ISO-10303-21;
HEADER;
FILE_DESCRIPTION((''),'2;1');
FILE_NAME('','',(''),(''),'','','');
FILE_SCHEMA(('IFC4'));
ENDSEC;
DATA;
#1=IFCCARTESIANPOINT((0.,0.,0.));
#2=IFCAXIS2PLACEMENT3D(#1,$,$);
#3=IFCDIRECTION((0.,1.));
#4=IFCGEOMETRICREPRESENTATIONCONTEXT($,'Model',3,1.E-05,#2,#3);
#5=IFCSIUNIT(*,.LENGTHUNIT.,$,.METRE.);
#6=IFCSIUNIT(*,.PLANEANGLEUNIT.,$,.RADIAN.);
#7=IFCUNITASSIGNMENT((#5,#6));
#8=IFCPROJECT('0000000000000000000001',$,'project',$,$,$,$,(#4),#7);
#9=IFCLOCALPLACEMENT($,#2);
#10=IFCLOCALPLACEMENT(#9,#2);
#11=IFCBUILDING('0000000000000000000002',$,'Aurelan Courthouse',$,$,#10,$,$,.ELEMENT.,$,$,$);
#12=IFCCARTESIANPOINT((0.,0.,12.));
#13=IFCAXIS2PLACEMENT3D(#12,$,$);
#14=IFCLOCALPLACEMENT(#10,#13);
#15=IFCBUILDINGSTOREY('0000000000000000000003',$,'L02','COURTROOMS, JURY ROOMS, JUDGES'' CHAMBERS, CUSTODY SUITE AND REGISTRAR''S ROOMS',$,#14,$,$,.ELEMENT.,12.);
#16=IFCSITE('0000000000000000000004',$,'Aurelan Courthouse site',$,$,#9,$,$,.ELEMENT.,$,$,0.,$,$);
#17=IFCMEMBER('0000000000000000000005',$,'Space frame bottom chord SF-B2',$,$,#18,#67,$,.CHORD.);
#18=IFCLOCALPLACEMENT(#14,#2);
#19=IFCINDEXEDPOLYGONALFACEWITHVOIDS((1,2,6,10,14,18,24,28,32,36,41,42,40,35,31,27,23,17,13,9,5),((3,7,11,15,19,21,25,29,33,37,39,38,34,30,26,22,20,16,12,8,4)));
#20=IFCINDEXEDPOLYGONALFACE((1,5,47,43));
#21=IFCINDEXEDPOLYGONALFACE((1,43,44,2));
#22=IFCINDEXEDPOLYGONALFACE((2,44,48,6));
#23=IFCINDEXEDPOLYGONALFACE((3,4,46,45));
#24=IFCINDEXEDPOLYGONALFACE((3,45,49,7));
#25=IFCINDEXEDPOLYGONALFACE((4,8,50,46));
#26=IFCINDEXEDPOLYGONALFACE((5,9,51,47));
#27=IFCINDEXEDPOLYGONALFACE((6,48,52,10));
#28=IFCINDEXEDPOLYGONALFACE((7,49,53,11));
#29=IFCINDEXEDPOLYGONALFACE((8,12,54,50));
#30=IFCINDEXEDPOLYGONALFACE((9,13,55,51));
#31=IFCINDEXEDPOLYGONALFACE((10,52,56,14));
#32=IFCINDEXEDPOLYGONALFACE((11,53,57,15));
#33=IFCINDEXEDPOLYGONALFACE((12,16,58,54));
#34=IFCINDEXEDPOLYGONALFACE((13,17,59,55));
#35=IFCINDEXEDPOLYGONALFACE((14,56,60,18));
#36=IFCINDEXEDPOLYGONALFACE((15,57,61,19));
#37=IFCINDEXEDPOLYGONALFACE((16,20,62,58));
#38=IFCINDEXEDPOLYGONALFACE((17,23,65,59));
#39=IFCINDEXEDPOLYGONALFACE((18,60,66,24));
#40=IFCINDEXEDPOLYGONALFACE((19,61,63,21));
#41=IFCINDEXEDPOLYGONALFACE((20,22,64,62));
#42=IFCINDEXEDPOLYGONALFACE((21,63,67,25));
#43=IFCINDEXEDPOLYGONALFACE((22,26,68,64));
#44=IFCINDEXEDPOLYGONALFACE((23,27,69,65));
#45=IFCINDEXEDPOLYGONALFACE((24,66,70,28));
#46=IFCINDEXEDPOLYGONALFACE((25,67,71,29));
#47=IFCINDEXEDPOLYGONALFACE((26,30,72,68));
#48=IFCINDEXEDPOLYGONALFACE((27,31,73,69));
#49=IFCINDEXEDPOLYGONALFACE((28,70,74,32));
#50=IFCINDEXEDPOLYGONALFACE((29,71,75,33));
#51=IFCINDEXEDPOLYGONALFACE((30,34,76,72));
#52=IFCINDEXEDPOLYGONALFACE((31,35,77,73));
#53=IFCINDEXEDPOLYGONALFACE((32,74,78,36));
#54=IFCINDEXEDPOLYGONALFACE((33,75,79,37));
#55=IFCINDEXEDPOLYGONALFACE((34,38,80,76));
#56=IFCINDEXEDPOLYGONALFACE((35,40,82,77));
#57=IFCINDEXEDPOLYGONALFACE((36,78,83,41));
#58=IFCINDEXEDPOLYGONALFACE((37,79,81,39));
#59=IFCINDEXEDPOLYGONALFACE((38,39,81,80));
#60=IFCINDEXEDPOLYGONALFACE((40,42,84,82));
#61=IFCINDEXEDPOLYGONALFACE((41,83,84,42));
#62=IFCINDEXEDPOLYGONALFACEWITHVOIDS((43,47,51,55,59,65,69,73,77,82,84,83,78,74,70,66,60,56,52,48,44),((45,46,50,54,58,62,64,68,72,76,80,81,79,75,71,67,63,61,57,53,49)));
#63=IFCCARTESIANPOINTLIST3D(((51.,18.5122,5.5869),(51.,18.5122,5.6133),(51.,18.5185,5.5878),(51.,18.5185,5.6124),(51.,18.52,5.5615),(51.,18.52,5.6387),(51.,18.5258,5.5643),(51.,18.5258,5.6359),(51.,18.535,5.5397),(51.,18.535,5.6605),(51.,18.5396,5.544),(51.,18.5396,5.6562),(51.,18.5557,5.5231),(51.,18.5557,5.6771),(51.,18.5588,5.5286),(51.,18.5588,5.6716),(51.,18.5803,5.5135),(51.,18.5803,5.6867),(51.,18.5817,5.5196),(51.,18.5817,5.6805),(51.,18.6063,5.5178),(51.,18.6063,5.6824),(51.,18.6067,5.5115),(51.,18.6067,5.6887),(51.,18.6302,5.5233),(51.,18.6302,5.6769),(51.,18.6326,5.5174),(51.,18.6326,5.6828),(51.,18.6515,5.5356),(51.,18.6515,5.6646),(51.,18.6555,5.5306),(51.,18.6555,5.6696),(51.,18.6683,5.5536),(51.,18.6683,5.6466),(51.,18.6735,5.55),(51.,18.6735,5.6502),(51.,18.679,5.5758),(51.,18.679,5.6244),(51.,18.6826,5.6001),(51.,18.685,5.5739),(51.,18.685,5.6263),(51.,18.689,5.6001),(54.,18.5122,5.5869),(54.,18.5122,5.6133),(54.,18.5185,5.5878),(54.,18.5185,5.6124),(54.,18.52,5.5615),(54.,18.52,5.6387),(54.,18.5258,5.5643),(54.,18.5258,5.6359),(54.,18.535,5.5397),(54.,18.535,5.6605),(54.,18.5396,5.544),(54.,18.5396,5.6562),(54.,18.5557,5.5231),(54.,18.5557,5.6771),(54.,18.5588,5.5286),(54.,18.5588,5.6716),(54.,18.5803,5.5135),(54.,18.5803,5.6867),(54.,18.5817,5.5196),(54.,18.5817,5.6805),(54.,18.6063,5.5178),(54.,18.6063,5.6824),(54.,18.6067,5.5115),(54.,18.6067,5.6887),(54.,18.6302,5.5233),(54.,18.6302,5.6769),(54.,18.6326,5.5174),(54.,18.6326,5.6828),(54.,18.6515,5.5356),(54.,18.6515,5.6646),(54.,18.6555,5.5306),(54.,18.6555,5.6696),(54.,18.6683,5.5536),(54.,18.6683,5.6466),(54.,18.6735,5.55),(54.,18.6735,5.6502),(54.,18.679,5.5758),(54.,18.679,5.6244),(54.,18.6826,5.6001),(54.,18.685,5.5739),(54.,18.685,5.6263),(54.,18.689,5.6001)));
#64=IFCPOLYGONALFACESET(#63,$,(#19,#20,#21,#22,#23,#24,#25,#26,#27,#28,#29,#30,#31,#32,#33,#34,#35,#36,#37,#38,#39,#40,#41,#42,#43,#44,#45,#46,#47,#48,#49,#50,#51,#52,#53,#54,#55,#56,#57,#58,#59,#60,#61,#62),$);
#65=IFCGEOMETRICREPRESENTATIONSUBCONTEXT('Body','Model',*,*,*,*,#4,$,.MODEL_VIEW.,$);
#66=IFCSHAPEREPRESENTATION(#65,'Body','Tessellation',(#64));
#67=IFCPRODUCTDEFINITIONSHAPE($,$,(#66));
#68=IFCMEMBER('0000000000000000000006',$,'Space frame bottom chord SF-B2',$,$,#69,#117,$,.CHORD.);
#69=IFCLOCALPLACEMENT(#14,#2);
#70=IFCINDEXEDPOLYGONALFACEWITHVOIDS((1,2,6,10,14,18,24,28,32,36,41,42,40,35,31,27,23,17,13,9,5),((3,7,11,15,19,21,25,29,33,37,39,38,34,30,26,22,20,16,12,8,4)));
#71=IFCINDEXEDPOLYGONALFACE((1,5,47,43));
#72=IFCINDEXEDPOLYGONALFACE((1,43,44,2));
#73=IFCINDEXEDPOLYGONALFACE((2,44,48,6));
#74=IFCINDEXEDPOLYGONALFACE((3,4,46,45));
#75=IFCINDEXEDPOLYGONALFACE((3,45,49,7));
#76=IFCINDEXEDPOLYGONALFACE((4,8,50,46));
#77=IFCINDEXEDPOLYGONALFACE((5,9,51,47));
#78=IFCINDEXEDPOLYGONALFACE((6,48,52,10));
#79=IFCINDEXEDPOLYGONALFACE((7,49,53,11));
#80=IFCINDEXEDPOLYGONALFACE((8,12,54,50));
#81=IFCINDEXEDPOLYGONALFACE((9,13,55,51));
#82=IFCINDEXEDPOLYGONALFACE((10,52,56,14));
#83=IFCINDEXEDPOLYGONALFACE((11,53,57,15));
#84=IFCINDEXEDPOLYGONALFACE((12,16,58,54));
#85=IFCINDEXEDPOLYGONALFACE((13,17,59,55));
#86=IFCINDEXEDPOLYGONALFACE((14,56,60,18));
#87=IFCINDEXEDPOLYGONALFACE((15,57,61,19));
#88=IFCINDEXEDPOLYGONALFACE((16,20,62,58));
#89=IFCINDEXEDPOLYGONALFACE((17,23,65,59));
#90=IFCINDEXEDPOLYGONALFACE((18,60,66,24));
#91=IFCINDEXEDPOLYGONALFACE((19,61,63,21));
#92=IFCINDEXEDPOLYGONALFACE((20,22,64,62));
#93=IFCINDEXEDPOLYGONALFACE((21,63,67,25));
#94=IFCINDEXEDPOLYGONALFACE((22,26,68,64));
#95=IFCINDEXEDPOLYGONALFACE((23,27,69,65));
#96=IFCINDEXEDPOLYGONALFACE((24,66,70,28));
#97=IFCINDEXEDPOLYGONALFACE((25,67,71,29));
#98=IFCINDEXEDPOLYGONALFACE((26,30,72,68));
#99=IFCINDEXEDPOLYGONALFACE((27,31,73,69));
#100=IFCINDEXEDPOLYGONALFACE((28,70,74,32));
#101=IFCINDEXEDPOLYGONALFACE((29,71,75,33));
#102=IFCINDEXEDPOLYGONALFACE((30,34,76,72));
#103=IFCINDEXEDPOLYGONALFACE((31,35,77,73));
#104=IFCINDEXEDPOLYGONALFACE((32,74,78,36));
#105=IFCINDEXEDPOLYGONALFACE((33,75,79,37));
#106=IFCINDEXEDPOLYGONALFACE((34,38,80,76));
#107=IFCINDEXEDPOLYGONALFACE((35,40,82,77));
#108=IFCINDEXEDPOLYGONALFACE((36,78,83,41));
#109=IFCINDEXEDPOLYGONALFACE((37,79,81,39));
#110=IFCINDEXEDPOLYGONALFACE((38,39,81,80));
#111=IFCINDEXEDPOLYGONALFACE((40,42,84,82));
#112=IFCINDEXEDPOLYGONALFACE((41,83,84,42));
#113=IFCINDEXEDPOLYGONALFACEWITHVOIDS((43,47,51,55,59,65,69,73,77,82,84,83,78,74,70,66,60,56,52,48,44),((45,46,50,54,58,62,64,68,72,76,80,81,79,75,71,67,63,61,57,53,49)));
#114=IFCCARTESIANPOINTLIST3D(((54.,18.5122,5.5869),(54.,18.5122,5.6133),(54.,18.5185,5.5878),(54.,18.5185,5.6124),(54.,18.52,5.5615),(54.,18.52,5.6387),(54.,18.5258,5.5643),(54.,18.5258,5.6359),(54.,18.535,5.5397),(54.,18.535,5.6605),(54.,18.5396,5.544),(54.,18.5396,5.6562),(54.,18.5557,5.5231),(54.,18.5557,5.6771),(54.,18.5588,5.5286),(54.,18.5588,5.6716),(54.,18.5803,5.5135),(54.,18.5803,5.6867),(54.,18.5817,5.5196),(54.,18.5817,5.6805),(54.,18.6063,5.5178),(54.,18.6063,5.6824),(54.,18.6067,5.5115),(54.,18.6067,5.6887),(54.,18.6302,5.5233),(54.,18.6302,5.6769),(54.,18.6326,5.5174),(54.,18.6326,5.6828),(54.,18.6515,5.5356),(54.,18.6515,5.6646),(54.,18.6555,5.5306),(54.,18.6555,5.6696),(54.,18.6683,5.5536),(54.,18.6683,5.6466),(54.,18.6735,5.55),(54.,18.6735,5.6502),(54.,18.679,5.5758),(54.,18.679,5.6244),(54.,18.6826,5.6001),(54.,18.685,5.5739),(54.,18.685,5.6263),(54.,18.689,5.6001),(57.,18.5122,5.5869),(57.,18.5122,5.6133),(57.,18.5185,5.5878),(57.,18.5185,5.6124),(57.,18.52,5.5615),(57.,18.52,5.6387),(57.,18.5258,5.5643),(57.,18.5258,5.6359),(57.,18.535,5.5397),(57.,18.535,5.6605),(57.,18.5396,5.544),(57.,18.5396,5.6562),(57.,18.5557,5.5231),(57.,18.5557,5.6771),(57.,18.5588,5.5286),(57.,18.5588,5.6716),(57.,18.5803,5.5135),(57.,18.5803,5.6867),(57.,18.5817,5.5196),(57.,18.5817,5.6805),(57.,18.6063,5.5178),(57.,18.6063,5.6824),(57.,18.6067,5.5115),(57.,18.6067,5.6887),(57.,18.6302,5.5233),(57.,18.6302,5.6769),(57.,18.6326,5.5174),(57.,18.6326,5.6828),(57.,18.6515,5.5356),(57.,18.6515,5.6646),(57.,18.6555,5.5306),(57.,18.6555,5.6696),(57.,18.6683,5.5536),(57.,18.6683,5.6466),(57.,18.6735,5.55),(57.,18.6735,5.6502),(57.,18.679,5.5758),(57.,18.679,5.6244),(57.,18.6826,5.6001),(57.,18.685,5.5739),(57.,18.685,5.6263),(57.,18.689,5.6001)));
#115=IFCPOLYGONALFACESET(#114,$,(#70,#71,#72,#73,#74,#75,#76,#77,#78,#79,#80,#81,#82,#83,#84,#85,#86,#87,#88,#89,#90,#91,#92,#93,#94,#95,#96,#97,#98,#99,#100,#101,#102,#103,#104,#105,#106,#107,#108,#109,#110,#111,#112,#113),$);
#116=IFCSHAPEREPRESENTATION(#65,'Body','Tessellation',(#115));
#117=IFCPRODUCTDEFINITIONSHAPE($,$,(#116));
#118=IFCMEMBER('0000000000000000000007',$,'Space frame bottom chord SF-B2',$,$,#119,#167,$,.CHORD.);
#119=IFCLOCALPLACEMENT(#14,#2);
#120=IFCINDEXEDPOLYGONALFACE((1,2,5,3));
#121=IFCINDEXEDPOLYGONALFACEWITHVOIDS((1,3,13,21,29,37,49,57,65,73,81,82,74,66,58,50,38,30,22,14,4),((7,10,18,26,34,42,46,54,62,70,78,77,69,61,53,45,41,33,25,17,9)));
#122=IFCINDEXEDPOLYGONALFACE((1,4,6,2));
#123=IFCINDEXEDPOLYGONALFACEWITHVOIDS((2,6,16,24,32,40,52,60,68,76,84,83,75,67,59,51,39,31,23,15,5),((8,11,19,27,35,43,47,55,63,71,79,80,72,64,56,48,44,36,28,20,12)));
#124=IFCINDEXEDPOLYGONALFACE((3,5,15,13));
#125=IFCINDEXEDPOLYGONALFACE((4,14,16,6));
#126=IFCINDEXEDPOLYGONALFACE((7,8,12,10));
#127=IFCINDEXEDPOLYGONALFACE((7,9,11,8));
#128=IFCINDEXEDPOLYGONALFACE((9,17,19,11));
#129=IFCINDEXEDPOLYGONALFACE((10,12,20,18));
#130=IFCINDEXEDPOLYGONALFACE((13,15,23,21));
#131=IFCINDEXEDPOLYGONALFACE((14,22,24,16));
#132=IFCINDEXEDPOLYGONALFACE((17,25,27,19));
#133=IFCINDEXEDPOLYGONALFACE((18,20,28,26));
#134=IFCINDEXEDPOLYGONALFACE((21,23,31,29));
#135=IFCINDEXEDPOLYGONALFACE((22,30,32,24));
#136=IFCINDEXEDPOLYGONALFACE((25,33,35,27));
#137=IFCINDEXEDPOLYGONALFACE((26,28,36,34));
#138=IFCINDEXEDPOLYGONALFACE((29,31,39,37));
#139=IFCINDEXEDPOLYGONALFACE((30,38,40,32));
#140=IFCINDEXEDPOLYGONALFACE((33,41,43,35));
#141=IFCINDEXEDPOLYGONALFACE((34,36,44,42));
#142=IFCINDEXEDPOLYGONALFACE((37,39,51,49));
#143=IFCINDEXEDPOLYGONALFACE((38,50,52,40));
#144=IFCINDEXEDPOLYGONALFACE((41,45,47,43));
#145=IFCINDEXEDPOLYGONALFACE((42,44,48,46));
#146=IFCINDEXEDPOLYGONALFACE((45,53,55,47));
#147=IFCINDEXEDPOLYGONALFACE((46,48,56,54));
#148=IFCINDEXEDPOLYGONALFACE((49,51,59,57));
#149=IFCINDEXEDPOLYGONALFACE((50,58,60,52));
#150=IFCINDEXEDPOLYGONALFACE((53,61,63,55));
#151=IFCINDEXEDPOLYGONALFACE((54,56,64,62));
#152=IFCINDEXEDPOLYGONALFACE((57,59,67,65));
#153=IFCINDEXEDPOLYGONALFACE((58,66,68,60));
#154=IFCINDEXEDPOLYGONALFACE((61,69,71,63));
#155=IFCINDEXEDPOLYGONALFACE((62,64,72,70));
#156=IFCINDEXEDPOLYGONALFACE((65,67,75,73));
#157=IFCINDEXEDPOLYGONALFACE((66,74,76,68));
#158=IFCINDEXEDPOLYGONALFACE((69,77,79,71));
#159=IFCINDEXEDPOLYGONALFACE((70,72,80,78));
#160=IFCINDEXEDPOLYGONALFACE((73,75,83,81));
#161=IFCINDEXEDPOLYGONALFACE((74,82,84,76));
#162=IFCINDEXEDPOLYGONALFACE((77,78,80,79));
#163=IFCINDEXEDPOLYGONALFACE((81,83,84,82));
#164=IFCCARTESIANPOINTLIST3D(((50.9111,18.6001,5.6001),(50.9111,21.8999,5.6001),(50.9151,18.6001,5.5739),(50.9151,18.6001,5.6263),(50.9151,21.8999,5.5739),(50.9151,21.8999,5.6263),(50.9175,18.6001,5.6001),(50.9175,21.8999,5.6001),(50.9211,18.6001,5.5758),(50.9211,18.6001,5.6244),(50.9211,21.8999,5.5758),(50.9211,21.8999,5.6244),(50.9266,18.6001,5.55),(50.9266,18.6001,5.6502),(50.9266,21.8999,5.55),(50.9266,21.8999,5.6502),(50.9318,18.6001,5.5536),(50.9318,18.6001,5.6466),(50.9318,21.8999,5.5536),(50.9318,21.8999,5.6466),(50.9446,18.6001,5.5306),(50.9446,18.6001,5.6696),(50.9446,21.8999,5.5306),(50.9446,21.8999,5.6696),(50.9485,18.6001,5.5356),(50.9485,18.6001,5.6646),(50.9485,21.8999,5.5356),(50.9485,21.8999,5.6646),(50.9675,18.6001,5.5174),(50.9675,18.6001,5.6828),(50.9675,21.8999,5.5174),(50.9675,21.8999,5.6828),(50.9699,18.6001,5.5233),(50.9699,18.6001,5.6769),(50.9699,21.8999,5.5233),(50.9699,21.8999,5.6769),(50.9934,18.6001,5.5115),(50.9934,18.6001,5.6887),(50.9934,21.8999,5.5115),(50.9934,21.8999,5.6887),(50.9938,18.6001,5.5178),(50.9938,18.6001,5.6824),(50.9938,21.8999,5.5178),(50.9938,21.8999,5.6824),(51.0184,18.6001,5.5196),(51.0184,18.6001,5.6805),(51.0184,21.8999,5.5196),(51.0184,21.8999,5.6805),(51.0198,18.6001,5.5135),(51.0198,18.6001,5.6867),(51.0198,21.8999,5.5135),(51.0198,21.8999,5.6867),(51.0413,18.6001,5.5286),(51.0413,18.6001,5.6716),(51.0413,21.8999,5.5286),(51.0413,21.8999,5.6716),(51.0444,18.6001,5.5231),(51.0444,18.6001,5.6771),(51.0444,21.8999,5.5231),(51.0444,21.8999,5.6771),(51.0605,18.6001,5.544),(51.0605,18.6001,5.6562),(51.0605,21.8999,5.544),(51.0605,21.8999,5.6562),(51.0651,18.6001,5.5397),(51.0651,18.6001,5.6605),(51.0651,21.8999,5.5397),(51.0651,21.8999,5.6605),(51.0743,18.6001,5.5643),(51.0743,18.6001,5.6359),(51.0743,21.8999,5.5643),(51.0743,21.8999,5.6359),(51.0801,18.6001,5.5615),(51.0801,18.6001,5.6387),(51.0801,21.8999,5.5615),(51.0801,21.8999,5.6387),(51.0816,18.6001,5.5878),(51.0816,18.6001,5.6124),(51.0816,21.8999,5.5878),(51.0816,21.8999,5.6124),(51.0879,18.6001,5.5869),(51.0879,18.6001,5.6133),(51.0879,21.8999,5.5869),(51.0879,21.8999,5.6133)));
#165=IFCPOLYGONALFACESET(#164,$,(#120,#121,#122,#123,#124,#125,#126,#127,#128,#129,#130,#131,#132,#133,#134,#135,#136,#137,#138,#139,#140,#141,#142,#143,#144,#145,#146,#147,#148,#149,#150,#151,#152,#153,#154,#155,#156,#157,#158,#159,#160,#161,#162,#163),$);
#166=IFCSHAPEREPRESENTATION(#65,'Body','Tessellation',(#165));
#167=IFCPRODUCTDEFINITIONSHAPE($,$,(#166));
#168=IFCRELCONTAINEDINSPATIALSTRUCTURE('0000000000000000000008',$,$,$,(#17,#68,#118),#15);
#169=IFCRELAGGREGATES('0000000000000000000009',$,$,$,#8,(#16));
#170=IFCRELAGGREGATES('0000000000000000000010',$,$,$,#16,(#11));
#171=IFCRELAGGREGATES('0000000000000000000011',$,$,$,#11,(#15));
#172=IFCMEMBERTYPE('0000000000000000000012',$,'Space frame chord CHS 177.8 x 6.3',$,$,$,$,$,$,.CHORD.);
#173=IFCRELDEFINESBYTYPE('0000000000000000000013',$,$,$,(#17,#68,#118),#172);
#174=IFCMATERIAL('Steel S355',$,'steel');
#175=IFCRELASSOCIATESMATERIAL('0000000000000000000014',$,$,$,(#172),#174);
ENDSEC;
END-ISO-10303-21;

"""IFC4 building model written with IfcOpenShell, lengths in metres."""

from ifc_helpers import new_model, si_unit, direction, frame, origin, origin_2d, place, context, subcontext, project, spatial, hollow_circle, extrude, material, material_profile, profile_set, type_object, element, save


model = new_model("IFC4")

# Units and contexts
model_context = context("Model", 3, precision=1e-05, world=origin(), true_north=direction((0.0, 1.0)))
body_context = subcontext(model_context, "Body", "Model", "MODEL_VIEW")
ifc_project = project(units=[si_unit("LENGTHUNIT", "METRE"), si_unit("PLANEANGLEUNIT", "RADIAN")], contexts=[model_context])

# Site, building, storey
site_placement = place(None, origin())
site = spatial("IfcSite", under=ifc_project, at=site_placement, Name="Aurelan Courthouse site", CompositionType="ELEMENT", RefElevation=0.0)
building_placement = place(site_placement, origin())
building = spatial("IfcBuilding", under=site, at=building_placement, Name="Aurelan Courthouse", CompositionType="ELEMENT")
storey_placement = place(building_placement, frame((0.0, 0.0, 12.0)))
storey = spatial("IfcBuildingStorey", under=building, at=storey_placement, Name="L02", Description="COURTROOMS, JURY ROOMS, JUDGES' CHAMBERS, CUSTODY SUITE AND REGISTRAR'S ROOMS", CompositionType="ELEMENT", Elevation=12.0)

# Shared definitions
ifc_material_1 = material(Name="Steel S355", Category="steel")

# Members
ifc_material_profile_1 = material_profile(ifc_material_1, hollow_circle(Radius=0.0889, WallThickness=0.0063, at=origin_2d()), Name="CHS 177.8 x 6.3")
ifc_profile_set_1 = profile_set([ifc_material_profile_1], Name="Steel S355")
member_type_1 = type_object("IfcMemberType", Name="Space frame chord CHS 177.8 x 6.3", PredefinedType="CHORD", material=ifc_profile_set_1)
for number, where, z_axis, x_axis, name in (
    (1, (51.0, 18.6001, 5.6001), (1.0, 0.0, 0.0), (0.0, 1.0, 0.0), "Space frame bottom chord SF-B2"),
    (2, (54.0, 18.6001, 5.6001), (1.0, 0.0, 0.0), (0.0, 1.0, 0.0), "Space frame bottom chord SF-B2"),
):
    element("IfcMember", number, at=place(storey_placement, frame(where, z_axis=z_axis, x_axis=x_axis)), inside=storey, type_object=member_type_1, Name=name, PredefinedType="CHORD", context=body_context, shape_type="SweptSolid", body=[
        extrude(hollow_circle(Radius=0.0889, WallThickness=0.0063, at=origin_2d()), origin(), (0.0, 0.0, 1.0), 3.0),
    ])
for number, where, z_axis, x_axis, name in (
    (3, (51.0, 18.6001, 5.6001), (0.0, 1.0, 0.0), (-1.0, 0.0, 0.0), "Space frame bottom chord SF-B2"),
):
    element("IfcMember", number, at=place(storey_placement, frame(where, z_axis=z_axis, x_axis=x_axis)), inside=storey, type_object=member_type_1, Name=name, PredefinedType="CHORD", context=body_context, shape_type="SweptSolid", body=[
        extrude(hollow_circle(Radius=0.0889, WallThickness=0.0063, at=origin_2d()), origin(), (0.0, 0.0, 1.0), 3.2998),
    ])

save(model, "model.ifc")
